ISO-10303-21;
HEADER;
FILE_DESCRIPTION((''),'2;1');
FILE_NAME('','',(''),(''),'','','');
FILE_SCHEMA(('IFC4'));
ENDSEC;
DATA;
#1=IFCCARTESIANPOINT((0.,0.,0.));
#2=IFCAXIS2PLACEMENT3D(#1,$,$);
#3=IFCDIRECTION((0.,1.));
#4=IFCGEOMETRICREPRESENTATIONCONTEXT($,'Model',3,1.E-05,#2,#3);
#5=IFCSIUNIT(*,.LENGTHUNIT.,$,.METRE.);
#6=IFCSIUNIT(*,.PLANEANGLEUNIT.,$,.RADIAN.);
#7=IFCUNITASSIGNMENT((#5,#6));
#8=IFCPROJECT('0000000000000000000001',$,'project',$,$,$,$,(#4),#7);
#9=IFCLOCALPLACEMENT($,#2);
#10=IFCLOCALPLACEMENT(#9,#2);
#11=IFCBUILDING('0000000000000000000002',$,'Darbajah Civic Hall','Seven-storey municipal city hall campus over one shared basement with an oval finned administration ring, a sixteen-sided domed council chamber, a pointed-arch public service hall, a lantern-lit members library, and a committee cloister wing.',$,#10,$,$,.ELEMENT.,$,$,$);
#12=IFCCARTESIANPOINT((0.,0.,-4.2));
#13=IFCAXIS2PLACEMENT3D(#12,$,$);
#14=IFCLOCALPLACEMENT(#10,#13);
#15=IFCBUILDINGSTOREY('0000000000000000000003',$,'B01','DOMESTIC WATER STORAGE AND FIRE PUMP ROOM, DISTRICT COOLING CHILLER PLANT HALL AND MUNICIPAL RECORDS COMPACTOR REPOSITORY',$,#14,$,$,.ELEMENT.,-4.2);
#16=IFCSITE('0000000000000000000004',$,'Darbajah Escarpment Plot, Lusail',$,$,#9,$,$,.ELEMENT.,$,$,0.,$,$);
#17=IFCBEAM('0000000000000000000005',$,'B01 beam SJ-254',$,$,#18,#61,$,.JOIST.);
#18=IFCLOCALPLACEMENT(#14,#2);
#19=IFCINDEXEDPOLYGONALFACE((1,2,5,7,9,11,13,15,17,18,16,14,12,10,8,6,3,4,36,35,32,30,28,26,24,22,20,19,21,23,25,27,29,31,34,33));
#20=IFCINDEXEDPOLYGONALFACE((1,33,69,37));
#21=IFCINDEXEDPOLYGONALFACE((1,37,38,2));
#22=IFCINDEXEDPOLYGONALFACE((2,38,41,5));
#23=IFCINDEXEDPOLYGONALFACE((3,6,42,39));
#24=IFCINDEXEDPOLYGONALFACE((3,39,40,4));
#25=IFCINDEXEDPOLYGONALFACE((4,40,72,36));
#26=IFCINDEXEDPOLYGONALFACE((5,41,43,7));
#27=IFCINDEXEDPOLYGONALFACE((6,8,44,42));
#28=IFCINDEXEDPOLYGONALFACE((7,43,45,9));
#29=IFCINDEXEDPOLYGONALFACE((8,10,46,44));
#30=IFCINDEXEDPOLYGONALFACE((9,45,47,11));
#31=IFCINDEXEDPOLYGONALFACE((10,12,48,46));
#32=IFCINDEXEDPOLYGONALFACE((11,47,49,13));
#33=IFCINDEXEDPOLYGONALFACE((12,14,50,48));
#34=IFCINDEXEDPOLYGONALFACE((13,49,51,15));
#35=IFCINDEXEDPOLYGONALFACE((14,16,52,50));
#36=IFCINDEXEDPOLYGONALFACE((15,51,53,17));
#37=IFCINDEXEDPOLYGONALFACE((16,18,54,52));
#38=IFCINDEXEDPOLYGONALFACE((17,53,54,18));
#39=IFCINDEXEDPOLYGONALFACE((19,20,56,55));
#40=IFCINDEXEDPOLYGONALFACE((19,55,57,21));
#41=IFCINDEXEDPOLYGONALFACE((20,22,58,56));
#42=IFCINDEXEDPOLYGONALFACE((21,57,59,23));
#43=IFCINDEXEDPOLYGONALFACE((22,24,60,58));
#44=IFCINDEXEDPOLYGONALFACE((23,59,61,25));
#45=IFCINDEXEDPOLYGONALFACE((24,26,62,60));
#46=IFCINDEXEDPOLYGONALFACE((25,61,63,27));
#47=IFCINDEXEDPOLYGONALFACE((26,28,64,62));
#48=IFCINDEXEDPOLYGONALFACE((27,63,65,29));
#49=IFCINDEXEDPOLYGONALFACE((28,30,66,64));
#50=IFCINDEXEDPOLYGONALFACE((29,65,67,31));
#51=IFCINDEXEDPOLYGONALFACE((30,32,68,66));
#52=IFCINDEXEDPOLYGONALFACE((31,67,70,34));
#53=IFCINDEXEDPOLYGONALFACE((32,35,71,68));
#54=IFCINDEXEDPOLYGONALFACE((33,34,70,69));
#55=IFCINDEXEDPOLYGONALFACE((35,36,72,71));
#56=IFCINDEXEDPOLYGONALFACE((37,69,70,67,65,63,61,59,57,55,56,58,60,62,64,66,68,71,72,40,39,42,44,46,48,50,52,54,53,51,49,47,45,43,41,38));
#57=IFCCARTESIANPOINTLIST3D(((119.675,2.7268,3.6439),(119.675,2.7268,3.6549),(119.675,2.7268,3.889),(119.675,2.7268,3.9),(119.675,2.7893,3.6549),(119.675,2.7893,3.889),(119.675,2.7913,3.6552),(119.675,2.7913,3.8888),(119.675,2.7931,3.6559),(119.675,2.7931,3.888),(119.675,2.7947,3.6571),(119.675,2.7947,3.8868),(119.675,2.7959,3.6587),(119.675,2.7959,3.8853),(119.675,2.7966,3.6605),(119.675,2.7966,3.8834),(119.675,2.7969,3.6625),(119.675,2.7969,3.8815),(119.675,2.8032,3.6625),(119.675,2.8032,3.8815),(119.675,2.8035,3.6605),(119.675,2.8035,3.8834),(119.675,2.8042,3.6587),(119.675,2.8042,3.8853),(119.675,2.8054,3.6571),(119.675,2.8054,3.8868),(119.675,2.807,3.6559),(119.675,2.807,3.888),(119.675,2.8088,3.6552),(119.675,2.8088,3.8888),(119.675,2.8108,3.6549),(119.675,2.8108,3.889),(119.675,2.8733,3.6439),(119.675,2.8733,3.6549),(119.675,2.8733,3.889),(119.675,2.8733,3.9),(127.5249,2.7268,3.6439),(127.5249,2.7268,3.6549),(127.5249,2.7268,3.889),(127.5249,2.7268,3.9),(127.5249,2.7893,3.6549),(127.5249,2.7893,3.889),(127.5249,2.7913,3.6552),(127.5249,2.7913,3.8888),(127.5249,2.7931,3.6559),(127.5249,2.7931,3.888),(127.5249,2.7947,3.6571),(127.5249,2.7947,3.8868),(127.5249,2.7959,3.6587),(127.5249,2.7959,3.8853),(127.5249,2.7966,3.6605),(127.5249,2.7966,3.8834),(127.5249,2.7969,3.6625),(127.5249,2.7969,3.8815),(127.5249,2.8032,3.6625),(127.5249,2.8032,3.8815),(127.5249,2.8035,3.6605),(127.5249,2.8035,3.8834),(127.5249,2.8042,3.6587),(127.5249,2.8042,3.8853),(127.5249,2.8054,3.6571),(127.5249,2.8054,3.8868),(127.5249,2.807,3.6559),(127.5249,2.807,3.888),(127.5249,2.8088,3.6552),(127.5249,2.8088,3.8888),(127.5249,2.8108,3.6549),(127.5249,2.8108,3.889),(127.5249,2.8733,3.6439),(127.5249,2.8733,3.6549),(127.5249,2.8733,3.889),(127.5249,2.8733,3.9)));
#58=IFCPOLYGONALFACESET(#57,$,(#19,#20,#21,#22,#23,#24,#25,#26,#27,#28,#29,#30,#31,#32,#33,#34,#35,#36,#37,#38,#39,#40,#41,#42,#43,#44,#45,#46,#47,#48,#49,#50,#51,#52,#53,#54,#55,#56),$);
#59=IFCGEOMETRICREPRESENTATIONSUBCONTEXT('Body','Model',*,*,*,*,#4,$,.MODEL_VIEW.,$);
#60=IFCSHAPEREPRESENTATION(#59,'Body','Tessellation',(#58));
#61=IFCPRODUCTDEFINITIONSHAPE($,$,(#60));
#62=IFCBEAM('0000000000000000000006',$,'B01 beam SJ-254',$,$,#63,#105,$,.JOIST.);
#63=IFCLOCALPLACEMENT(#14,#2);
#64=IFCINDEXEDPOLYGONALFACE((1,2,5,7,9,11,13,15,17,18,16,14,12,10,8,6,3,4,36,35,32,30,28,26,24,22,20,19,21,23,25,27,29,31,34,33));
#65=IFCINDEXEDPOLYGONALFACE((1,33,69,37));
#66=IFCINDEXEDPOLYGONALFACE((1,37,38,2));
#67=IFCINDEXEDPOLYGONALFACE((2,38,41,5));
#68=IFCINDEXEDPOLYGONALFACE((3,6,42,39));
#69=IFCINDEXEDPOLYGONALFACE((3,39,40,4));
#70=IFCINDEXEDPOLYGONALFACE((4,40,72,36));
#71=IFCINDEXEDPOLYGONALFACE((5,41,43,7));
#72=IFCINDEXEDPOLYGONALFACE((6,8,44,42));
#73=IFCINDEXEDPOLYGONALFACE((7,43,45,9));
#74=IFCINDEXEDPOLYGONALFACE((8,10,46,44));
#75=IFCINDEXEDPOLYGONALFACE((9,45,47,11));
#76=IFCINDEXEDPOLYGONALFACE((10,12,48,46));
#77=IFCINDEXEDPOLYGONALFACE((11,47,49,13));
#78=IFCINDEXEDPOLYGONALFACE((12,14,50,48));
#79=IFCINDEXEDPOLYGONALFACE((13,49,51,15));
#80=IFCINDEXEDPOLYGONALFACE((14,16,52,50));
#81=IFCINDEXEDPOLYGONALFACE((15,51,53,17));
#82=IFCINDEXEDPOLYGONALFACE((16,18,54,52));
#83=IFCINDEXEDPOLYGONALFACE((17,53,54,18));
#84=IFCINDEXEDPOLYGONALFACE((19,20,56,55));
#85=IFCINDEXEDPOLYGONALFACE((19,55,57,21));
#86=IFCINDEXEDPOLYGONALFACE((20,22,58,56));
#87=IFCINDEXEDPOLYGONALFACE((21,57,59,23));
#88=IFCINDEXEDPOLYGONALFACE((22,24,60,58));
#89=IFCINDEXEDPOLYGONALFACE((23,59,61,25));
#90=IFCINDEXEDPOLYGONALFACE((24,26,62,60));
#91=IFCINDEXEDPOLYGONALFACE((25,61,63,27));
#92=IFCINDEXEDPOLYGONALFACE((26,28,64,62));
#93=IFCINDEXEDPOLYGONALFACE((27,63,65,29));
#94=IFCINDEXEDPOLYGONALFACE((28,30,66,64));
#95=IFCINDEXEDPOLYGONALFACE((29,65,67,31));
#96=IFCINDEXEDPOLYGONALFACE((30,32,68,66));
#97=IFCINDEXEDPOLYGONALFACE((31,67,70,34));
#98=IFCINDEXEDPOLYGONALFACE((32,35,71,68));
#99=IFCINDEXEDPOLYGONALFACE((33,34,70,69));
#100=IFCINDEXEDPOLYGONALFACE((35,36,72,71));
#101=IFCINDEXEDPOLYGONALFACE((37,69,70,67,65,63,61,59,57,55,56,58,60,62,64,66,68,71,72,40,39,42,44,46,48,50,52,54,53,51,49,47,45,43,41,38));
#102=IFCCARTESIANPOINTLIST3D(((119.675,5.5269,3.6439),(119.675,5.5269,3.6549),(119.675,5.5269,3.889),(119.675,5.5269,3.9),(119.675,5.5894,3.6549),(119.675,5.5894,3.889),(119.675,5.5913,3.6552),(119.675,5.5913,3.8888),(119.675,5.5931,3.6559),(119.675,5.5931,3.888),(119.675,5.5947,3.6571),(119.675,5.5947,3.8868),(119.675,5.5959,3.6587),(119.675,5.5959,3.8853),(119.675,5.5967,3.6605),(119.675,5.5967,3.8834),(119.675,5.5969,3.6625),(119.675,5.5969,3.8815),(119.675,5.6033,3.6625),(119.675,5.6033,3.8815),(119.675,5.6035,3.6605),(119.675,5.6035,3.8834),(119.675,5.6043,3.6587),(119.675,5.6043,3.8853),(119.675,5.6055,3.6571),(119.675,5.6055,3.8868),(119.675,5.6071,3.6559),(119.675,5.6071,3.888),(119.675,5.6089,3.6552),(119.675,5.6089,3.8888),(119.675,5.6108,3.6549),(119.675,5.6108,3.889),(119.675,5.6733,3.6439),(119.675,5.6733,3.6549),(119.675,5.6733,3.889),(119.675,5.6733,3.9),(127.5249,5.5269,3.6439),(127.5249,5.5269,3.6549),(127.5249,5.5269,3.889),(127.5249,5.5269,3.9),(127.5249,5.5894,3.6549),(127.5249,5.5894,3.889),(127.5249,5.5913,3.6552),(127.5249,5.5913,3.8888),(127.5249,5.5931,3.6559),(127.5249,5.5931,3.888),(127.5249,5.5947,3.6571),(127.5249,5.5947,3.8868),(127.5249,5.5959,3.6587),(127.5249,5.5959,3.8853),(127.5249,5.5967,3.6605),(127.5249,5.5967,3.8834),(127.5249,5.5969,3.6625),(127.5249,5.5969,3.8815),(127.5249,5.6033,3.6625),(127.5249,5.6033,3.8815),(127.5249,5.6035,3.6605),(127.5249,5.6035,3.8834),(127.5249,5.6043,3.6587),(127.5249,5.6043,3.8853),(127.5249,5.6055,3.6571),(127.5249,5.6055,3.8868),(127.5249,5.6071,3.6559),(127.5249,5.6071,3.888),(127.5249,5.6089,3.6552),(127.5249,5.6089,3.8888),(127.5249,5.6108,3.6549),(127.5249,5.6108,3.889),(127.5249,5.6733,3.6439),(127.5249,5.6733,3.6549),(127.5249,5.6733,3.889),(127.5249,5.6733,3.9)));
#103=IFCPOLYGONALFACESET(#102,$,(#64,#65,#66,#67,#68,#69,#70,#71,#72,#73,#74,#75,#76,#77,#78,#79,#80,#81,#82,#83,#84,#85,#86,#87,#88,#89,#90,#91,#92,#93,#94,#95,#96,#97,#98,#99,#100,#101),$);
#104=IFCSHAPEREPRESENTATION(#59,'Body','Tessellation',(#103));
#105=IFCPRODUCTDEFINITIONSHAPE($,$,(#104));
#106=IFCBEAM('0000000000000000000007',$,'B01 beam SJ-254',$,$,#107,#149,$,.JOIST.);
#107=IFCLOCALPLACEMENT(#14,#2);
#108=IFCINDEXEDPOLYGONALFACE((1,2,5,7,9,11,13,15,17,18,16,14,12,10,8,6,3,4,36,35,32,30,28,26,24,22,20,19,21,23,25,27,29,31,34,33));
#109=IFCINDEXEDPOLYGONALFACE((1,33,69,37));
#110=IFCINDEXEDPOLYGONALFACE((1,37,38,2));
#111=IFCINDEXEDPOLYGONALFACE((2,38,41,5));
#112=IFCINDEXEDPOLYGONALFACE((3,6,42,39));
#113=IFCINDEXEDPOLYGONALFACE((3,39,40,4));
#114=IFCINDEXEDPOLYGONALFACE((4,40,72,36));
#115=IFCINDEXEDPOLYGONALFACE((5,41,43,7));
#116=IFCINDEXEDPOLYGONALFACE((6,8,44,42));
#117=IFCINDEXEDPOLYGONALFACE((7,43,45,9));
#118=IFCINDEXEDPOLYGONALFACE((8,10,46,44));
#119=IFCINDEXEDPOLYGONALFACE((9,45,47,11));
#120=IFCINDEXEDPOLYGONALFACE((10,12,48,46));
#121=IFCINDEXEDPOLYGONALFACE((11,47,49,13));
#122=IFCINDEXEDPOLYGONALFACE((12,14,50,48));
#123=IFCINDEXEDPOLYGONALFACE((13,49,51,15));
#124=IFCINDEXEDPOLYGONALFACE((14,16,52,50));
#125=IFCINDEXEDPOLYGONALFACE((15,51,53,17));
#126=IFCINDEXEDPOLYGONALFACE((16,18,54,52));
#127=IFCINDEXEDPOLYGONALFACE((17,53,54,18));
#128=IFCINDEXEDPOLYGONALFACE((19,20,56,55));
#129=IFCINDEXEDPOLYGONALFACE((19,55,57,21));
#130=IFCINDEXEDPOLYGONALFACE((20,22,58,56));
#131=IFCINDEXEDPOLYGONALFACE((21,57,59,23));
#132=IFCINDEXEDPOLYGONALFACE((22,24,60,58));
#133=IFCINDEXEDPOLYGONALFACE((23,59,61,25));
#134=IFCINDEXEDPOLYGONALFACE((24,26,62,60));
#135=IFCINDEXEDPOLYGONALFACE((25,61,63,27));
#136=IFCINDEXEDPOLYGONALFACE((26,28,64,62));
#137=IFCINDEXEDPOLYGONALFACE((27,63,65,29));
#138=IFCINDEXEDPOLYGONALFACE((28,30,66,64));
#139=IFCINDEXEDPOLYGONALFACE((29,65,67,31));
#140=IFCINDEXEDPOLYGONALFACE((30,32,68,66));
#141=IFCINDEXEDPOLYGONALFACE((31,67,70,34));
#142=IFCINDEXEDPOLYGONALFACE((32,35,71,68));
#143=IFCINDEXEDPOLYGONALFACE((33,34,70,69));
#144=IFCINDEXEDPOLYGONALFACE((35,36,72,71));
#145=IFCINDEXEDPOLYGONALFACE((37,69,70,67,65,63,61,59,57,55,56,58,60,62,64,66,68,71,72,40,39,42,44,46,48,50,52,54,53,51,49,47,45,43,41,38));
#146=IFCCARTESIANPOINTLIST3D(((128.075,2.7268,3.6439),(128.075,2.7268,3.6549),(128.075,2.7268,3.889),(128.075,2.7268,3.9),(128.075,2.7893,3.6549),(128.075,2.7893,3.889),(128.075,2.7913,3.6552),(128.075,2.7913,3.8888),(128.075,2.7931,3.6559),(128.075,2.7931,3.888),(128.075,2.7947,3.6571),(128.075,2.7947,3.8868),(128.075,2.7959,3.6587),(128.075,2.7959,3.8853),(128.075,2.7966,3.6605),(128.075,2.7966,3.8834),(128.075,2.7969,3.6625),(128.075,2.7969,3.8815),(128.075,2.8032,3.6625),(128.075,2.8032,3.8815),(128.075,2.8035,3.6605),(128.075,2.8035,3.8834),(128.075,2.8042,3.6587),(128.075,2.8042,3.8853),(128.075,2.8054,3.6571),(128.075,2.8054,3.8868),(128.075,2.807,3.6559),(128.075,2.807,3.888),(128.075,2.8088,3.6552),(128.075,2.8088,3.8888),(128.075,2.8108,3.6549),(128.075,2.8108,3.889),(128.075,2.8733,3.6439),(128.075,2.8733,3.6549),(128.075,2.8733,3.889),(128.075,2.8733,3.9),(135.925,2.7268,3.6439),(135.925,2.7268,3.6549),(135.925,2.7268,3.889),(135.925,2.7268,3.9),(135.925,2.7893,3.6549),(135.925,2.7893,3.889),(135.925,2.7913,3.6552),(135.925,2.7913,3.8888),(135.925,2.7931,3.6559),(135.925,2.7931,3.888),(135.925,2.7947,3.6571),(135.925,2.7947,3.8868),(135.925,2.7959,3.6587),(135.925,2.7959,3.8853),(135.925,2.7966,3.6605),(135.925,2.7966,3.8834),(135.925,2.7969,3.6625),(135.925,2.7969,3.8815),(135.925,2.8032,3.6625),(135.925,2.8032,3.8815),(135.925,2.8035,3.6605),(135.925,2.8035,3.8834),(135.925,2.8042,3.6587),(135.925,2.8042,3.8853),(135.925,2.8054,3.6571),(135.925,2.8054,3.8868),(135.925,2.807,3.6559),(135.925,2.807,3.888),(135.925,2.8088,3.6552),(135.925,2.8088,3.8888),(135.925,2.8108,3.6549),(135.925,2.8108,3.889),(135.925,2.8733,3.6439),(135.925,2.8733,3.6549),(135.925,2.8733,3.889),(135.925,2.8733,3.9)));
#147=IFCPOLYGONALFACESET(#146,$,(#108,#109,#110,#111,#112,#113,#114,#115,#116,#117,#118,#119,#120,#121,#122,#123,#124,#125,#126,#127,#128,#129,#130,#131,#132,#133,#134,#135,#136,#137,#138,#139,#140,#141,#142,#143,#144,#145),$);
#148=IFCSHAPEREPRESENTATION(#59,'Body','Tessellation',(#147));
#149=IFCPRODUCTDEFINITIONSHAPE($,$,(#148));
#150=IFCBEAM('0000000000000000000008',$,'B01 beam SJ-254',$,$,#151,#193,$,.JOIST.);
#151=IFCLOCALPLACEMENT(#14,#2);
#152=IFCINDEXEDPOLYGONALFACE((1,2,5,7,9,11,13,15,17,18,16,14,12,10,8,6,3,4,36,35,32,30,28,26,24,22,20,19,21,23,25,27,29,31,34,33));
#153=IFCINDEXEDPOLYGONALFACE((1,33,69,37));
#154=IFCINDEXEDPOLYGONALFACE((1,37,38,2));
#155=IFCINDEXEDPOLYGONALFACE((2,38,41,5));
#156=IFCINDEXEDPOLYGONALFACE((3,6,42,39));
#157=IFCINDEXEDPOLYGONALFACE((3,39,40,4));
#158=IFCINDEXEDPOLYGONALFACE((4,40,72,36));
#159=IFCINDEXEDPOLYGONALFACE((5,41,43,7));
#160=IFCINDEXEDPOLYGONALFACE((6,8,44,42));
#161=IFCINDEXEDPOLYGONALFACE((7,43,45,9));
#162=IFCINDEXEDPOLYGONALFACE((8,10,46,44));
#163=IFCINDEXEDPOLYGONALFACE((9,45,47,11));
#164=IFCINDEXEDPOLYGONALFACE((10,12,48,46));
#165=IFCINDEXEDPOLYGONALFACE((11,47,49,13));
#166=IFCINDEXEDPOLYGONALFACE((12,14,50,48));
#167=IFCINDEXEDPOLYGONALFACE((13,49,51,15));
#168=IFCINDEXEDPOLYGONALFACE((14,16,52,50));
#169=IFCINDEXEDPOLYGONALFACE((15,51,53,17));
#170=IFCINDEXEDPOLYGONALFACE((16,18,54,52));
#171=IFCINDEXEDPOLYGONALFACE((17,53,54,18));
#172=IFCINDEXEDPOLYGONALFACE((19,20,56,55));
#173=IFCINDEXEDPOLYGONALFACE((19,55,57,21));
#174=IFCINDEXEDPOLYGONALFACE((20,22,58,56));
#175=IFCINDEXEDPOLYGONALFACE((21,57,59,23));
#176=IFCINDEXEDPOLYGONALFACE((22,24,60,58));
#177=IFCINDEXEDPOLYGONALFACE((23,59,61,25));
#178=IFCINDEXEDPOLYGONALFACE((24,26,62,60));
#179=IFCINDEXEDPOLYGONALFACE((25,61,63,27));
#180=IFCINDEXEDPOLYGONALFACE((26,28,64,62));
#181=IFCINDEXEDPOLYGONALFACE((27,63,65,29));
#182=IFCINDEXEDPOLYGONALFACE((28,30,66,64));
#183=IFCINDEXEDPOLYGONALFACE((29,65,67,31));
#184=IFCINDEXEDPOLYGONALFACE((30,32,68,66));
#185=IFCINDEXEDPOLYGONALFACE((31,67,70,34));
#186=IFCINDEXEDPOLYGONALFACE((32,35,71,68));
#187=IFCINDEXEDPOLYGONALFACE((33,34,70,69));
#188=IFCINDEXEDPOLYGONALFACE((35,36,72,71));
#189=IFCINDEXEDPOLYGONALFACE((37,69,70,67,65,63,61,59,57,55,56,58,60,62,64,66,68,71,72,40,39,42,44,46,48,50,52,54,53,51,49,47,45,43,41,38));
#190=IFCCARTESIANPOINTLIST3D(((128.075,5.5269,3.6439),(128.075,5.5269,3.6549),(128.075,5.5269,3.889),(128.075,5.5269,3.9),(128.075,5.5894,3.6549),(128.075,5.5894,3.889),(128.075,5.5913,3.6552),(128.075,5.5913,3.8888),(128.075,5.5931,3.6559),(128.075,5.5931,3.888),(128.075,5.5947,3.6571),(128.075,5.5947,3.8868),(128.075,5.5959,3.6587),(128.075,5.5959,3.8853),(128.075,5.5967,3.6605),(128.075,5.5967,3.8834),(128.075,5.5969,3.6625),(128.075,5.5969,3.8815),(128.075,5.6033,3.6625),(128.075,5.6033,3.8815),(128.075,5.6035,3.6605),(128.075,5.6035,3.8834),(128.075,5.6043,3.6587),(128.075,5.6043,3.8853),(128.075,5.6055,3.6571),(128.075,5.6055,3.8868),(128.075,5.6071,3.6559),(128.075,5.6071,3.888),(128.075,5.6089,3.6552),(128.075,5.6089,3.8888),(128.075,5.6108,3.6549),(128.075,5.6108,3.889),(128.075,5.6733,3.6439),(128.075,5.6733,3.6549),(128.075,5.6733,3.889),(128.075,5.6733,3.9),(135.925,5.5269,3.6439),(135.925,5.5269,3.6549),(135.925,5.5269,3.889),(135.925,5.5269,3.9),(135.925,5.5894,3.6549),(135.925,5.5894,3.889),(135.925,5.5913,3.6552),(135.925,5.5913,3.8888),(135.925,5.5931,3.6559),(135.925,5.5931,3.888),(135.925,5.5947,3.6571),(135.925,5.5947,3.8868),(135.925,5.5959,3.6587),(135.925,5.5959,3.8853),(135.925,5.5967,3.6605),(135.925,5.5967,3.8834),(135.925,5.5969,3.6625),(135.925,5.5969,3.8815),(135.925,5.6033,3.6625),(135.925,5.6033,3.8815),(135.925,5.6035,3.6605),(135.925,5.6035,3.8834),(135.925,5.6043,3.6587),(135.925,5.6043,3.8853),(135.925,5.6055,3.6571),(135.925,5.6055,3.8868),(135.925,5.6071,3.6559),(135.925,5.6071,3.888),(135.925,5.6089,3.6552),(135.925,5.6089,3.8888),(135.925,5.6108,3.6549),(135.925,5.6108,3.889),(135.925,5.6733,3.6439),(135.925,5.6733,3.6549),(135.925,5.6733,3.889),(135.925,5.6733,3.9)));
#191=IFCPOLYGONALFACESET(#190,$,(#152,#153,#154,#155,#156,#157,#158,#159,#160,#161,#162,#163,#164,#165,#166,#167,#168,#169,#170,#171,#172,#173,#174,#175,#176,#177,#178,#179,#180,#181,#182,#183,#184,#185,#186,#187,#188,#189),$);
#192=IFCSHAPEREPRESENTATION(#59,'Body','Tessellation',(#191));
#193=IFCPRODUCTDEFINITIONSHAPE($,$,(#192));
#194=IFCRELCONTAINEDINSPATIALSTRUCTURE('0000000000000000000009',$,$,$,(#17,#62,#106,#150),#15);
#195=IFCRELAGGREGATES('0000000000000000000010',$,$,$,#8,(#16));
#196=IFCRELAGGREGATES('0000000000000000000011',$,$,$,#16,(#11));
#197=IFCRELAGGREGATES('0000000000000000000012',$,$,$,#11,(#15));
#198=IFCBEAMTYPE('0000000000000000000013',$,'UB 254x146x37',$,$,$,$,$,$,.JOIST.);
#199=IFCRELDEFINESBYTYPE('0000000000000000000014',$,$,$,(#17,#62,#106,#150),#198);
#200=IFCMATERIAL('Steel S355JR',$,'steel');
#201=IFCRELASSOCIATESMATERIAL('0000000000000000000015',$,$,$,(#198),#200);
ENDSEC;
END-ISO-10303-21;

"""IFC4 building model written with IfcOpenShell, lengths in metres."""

from ifc_helpers import new_model, si_unit, direction, frame, origin, origin_2d, place, context, subcontext, project, spatial, i_section, extrude, material, material_profile, profile_set, type_object, element, save


model = new_model("IFC4")

# Units and contexts
model_context = context("Model", 3, precision=1e-05, world=origin(), true_north=direction((0.0, 1.0)))
body_context = subcontext(model_context, "Body", "Model", "MODEL_VIEW")
ifc_project = project(units=[si_unit("LENGTHUNIT", "METRE"), si_unit("PLANEANGLEUNIT", "RADIAN")], contexts=[model_context])

# Site, building, storey
site_placement = place(None, origin())
site = spatial("IfcSite", under=ifc_project, at=site_placement, Name="Darbajah Escarpment Plot, Lusail", CompositionType="ELEMENT", RefElevation=0.0)
building_placement = place(site_placement, origin())
building = spatial("IfcBuilding", under=site, at=building_placement, Name="Darbajah Civic Hall", Description="Seven-storey municipal city hall campus over one shared basement with an oval finned administration ring, a sixteen-sided domed council chamber, a pointed-arch public service hall, a lantern-lit members library, and a committee cloister wing.", CompositionType="ELEMENT")
storey_placement = place(building_placement, frame((0.0, 0.0, -4.2)))
storey = spatial("IfcBuildingStorey", under=building, at=storey_placement, Name="B01", Description="DOMESTIC WATER STORAGE AND FIRE PUMP ROOM, DISTRICT COOLING CHILLER PLANT HALL AND MUNICIPAL RECORDS COMPACTOR REPOSITORY", CompositionType="ELEMENT", Elevation=-4.2)

# Beams
ifc_material_1 = material(Name="Steel S355JR", Category="steel")
ifc_material_profile_1 = material_profile(ifc_material_1, i_section(OverallWidth=0.1465, OverallDepth=0.2561, WebThickness=0.0063, FlangeThickness=0.011, FilletRadius=0.0076, at=origin_2d()), Name="UB 254x146x37")
ifc_profile_set_1 = profile_set([ifc_material_profile_1], Name="Steel S355JR")
beam_type_1 = type_object("IfcBeamType", Name="UB 254x146x37", PredefinedType="JOIST", material=ifc_profile_set_1)
for number, where, z_axis, x_axis, name in (
    (1, (119.675, 2.8, 3.772), (1.0, 0.0, 0.0), (0.0, 1.0, 0.0), "B01 beam SJ-254"),
    (2, (119.675, 5.6001, 3.772), (1.0, 0.0, 0.0), (0.0, 1.0, 0.0), "B01 beam SJ-254"),
):
    element("IfcBeam", number, at=place(storey_placement, frame(where, z_axis=z_axis, x_axis=x_axis)), inside=storey, type_object=beam_type_1, Name=name, PredefinedType="JOIST", context=body_context, shape_type="SweptSolid", body=[
        extrude(i_section(OverallWidth=0.1465, OverallDepth=0.2561, WebThickness=0.0063, FlangeThickness=0.011, FilletRadius=0.0076, at=origin_2d()), origin(), (0.0, 0.0, 1.0), 7.8499),
    ])
for number, where, z_axis, x_axis, name in (
    (3, (128.075, 2.8, 3.772), (1.0, 0.0, 0.0), (0.0, 1.0, 0.0), "B01 beam SJ-254"),
    (4, (128.075, 5.6001, 3.772), (1.0, 0.0, 0.0), (0.0, 1.0, 0.0), "B01 beam SJ-254"),
):
    element("IfcBeam", number, at=place(storey_placement, frame(where, z_axis=z_axis, x_axis=x_axis)), inside=storey, type_object=beam_type_1, Name=name, PredefinedType="JOIST", context=body_context, shape_type="SweptSolid", body=[
        extrude(i_section(OverallWidth=0.1465, OverallDepth=0.2561, WebThickness=0.0063, FlangeThickness=0.011, FilletRadius=0.0076, at=origin_2d()), origin(), (0.0, 0.0, 1.0), 7.8501),
    ])

save(model, "model.ifc")
